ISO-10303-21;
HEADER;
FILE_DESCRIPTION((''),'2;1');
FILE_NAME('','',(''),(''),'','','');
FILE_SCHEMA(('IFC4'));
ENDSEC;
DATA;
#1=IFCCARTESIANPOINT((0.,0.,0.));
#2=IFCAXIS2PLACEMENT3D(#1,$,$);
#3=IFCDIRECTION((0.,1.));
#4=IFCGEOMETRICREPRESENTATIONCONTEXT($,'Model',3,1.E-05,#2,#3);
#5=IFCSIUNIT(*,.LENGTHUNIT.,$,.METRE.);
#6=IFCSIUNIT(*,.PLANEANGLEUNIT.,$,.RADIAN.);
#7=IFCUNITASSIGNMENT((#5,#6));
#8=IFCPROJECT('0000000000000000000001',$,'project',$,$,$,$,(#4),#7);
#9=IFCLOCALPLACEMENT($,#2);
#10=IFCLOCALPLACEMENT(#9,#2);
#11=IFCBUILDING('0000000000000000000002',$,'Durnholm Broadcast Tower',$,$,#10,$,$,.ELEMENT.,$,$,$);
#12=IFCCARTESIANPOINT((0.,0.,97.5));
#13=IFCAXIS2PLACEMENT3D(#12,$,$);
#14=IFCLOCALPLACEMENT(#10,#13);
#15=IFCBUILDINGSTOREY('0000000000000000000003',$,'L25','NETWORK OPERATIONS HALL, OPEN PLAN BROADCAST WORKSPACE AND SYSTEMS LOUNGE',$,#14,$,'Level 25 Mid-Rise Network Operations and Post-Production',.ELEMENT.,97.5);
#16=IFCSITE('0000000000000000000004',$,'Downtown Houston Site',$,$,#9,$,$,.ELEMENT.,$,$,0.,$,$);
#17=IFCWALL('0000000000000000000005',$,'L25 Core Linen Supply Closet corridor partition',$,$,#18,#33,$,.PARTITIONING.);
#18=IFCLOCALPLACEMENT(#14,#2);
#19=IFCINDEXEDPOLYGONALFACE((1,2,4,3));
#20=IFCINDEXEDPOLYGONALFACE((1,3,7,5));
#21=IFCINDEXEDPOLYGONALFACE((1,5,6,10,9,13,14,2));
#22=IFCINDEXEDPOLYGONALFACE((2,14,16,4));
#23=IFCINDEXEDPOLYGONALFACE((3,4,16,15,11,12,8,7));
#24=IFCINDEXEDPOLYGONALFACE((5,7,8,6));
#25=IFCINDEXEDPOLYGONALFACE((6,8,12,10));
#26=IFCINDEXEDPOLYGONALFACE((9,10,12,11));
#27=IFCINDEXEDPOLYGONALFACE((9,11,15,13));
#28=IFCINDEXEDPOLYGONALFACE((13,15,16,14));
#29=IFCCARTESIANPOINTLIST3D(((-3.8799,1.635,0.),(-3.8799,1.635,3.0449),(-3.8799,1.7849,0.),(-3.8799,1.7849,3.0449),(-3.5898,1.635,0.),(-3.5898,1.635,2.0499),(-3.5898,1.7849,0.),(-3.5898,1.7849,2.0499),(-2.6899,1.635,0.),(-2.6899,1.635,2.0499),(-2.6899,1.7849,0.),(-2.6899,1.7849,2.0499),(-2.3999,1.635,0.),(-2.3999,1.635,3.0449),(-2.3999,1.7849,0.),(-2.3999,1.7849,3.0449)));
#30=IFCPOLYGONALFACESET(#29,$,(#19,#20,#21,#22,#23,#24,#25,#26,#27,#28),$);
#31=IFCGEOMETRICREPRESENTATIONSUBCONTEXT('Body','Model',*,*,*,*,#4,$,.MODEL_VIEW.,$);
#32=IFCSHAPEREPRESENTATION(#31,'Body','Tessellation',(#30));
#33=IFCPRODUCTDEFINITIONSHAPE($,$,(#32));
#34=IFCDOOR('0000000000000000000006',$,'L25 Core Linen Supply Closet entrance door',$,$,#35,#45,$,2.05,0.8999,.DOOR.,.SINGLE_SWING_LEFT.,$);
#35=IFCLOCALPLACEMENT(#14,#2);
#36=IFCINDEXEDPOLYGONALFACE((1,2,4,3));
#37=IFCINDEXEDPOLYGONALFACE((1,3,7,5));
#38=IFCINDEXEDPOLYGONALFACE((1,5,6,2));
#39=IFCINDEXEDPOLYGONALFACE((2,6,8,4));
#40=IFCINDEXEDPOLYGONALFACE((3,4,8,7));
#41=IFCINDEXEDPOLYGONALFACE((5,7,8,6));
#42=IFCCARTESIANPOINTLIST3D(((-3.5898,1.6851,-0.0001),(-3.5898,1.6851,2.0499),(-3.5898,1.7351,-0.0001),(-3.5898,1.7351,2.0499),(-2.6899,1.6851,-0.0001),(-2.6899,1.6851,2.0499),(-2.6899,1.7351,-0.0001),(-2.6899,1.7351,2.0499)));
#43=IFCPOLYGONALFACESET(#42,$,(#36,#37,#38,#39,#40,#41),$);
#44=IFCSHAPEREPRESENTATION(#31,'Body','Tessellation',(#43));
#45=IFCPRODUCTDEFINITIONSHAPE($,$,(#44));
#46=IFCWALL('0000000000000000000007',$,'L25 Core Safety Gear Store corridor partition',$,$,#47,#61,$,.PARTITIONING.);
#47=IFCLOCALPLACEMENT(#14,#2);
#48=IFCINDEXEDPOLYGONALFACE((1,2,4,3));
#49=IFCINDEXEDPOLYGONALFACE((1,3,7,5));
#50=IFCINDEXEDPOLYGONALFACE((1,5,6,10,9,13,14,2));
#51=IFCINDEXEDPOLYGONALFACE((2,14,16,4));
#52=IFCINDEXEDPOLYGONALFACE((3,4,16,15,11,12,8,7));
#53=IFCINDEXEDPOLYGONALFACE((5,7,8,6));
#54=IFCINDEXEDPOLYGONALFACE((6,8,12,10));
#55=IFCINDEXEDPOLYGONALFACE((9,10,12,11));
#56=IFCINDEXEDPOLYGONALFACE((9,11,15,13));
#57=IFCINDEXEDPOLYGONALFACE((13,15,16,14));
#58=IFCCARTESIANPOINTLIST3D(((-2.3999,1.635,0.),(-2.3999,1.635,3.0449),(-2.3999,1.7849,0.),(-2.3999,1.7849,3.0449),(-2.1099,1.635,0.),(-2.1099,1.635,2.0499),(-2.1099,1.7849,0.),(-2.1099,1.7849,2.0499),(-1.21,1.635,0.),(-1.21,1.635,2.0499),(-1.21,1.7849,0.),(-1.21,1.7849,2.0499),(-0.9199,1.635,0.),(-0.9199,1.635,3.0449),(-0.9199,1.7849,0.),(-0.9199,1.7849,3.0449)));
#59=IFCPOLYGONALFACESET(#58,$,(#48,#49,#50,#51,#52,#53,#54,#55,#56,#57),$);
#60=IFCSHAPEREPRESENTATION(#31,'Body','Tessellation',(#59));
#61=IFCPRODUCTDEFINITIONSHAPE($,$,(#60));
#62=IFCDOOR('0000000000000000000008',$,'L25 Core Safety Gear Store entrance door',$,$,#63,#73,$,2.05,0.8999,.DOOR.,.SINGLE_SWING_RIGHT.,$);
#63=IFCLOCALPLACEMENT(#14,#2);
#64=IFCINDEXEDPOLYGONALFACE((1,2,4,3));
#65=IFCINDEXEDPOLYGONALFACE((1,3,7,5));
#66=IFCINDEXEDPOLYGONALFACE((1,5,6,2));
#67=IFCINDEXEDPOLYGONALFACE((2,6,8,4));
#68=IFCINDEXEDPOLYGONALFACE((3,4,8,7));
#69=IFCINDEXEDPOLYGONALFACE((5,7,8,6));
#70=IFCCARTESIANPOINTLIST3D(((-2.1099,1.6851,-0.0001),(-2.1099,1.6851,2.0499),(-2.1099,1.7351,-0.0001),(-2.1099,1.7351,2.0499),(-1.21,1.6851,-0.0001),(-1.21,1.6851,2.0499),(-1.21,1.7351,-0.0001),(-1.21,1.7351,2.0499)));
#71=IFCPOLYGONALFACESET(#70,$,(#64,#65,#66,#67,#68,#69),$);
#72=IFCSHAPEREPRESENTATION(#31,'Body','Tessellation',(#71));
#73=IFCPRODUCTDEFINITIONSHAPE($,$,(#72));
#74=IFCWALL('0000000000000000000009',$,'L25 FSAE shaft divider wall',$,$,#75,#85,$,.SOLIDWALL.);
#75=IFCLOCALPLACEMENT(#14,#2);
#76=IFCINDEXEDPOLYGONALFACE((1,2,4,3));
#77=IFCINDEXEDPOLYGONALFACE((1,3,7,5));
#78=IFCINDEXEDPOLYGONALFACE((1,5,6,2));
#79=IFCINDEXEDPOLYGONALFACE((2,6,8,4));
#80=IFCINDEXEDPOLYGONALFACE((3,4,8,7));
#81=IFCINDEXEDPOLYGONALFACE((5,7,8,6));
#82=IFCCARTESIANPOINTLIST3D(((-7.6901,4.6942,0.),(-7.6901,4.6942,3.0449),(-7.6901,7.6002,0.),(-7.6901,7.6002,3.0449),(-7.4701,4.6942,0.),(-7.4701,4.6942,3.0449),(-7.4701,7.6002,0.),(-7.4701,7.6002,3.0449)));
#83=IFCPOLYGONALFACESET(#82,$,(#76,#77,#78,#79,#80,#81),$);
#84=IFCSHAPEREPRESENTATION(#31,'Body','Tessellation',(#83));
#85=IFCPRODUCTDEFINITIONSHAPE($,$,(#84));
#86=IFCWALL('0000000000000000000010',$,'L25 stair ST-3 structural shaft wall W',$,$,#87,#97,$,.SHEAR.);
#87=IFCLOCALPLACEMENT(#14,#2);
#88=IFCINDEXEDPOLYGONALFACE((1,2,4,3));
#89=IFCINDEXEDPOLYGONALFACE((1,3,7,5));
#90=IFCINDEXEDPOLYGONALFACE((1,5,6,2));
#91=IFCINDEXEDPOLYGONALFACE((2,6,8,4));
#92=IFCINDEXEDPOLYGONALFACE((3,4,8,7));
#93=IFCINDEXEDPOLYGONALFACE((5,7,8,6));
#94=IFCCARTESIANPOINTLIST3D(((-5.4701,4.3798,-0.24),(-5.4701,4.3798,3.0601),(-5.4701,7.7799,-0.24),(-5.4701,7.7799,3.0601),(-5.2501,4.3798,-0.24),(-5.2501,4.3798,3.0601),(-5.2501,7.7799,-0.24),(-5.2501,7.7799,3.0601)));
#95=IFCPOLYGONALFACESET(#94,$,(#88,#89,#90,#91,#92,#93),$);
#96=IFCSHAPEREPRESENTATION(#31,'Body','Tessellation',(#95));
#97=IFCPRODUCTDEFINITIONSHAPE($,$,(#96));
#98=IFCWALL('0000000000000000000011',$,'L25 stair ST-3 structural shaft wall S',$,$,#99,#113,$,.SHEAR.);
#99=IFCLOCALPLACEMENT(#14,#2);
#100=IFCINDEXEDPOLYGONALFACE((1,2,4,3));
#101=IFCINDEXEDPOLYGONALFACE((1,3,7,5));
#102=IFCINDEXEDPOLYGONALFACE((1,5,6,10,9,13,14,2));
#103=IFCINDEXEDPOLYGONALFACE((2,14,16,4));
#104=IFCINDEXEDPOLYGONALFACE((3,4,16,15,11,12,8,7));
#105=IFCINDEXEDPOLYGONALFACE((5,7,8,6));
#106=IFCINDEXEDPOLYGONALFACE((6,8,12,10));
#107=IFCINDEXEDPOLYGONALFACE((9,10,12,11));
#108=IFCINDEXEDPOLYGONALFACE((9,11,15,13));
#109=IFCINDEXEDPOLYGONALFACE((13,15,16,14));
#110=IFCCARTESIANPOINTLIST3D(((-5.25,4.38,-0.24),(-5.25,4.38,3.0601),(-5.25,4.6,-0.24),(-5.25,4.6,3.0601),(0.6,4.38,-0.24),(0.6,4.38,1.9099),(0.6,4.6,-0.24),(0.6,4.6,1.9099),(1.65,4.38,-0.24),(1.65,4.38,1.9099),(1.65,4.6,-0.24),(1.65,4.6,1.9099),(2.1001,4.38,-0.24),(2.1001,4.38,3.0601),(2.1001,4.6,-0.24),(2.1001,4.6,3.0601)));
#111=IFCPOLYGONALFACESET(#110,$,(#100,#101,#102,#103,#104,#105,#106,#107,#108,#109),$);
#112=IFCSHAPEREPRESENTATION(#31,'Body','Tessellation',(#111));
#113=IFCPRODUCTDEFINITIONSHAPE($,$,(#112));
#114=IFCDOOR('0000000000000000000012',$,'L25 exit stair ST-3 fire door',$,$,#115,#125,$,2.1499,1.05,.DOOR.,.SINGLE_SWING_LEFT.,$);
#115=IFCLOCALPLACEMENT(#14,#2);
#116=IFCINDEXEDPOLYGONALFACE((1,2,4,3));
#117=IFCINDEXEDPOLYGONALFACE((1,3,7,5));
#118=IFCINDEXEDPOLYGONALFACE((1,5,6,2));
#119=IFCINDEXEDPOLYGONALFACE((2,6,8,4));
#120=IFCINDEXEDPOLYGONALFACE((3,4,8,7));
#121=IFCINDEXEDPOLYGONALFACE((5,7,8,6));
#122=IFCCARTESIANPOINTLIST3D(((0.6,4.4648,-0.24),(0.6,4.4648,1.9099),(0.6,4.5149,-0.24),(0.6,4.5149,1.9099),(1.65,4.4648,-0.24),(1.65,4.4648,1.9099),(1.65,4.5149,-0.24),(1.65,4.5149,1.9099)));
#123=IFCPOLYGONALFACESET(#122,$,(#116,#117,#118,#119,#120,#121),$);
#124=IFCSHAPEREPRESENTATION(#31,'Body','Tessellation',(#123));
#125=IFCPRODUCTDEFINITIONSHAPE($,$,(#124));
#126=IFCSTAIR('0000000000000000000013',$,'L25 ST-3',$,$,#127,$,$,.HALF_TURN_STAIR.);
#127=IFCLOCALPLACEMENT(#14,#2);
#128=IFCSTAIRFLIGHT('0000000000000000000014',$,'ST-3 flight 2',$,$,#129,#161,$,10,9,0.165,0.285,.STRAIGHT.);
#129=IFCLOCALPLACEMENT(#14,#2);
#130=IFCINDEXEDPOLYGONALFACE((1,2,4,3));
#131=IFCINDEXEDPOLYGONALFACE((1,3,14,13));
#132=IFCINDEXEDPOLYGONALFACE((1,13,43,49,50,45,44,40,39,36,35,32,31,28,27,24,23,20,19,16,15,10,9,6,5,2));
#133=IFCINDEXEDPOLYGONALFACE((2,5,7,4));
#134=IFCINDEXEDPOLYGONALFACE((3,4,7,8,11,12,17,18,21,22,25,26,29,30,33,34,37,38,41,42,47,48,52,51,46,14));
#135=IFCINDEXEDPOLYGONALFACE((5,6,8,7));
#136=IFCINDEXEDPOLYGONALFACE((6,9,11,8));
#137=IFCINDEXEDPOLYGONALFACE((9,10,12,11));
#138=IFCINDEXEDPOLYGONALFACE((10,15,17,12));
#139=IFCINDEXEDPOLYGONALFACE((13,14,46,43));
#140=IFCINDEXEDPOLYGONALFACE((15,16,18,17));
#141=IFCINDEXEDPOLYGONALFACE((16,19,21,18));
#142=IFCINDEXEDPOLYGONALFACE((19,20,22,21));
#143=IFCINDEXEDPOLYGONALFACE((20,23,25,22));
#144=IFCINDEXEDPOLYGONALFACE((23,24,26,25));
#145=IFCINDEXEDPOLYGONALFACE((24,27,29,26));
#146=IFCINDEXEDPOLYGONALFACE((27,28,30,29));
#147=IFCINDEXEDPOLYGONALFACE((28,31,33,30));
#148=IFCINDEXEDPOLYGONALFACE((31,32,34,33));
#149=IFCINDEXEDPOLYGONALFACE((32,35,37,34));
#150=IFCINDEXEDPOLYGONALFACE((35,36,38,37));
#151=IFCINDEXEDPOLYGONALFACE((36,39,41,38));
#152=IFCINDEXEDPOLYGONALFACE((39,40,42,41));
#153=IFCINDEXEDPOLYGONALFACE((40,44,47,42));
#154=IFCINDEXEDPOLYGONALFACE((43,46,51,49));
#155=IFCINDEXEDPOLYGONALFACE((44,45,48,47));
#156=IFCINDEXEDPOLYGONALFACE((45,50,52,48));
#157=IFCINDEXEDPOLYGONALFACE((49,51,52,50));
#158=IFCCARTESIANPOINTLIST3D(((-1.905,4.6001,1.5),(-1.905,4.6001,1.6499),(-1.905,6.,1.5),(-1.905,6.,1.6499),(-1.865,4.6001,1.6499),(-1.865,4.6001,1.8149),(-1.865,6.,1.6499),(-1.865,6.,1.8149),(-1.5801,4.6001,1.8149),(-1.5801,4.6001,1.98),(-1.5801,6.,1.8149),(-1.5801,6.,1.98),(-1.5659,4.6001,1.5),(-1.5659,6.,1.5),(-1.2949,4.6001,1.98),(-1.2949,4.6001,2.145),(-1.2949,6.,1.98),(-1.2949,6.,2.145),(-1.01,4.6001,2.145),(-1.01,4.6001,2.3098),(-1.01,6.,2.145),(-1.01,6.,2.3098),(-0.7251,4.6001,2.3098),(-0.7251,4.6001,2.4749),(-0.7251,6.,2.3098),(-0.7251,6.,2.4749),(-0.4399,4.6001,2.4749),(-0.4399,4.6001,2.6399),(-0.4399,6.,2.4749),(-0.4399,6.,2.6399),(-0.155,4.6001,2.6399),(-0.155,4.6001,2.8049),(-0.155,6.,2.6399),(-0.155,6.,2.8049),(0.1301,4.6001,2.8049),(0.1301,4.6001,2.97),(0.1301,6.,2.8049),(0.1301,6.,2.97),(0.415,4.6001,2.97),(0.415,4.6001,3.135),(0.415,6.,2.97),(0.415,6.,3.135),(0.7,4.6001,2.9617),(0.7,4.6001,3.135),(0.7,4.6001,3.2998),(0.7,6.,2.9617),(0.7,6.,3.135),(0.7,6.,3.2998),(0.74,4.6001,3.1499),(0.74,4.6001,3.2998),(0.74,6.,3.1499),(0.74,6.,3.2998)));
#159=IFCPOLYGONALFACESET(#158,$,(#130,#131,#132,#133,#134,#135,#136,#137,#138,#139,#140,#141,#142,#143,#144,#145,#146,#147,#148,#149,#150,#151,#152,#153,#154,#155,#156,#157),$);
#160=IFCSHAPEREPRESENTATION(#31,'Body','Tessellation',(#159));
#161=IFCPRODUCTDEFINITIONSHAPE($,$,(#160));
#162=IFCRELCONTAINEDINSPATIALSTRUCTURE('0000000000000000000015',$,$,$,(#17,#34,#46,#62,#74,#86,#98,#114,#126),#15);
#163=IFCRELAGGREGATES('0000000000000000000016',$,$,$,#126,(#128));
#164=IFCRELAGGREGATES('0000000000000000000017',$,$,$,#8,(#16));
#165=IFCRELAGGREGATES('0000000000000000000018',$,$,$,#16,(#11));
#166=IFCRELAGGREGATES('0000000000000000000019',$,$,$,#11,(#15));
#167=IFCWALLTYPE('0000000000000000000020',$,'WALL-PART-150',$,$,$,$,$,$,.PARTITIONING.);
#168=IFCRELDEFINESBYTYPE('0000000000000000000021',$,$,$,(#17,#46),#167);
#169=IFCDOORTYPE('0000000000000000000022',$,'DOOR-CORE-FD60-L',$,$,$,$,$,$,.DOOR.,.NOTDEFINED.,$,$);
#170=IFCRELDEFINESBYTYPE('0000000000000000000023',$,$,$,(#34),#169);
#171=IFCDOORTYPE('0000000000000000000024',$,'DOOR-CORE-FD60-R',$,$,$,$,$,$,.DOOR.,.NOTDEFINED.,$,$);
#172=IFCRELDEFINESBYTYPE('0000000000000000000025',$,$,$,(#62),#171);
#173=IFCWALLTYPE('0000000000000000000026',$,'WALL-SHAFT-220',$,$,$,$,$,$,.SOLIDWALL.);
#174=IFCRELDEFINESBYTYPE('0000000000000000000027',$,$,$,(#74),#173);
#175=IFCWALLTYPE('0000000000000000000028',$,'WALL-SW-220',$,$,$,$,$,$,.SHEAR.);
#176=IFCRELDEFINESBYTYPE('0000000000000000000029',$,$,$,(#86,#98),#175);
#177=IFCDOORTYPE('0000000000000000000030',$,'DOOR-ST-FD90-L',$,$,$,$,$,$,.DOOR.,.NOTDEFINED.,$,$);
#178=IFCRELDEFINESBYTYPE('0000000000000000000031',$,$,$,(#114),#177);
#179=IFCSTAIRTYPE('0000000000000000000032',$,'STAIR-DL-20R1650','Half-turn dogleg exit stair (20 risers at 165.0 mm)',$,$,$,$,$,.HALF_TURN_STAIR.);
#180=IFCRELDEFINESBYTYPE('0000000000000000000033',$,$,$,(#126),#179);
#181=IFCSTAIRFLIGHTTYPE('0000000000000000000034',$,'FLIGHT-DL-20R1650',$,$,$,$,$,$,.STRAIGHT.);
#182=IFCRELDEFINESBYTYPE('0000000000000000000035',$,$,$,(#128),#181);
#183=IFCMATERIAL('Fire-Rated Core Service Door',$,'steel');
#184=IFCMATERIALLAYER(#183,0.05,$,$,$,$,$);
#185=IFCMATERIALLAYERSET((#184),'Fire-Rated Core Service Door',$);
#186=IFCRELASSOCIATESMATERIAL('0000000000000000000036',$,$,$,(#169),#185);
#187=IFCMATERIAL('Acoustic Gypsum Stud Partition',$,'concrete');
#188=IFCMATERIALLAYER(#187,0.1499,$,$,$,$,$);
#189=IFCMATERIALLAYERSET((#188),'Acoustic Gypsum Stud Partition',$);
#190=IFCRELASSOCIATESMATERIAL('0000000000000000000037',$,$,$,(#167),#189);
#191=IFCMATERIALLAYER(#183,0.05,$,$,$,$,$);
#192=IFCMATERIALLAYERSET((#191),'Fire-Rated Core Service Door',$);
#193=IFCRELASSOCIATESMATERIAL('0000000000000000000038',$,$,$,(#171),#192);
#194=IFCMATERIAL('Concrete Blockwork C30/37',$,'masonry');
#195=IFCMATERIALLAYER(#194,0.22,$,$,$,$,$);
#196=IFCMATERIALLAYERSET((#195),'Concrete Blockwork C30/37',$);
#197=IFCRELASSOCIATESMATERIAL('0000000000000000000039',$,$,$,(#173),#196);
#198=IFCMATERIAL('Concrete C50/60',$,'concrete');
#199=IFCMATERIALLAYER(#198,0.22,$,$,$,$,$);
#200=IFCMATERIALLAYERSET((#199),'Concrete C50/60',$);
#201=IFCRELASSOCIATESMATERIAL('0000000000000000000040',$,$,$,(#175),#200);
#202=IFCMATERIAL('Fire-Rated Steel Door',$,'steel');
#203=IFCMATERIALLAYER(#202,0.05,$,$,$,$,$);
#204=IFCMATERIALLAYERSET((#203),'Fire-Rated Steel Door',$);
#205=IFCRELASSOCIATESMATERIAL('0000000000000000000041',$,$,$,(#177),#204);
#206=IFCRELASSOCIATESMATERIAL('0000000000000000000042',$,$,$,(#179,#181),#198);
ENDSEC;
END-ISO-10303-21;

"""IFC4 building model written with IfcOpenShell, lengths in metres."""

from ifc_helpers import new_model, si_unit, direction, frame, frame_2d, origin, place, context, subcontext, project, spatial, polyline, rectangle, outline, extrude, source, transform, mapped, material, layer, layer_set, type_object, type_shapes, element, fill, aggregate, save


model = new_model("IFC4")

# Units and contexts
model_context = context("Model", 3, precision=1e-05, world=origin(), true_north=direction((0.0, 1.0)))
body_context = subcontext(model_context, "Body", "Model", "MODEL_VIEW")
ifc_project = project(units=[si_unit("LENGTHUNIT", "METRE"), si_unit("PLANEANGLEUNIT", "RADIAN")], contexts=[model_context])

# Site, building, storey
site_placement = place(None, origin())
site = spatial("IfcSite", under=ifc_project, at=site_placement, Name="Downtown Houston Site", CompositionType="ELEMENT", RefElevation=0.0)
building_placement = place(site_placement, origin())
building = spatial("IfcBuilding", under=site, at=building_placement, Name="Durnholm Broadcast Tower", CompositionType="ELEMENT")
storey_placement = place(building_placement, frame((0.0, 0.0, 97.5)))
storey = spatial("IfcBuildingStorey", under=building, at=storey_placement, Name="L25", Description="NETWORK OPERATIONS HALL, OPEN PLAN BROADCAST WORKSPACE AND SYSTEMS LOUNGE", LongName="Level 25 Mid-Rise Network Operations and Post-Production", CompositionType="ELEMENT", Elevation=97.5)

# Shared definitions
ifc_material_1 = material(Name="Fire-Rated Core Service Door", Category="steel")
ifc_layer_1 = layer(ifc_material_1, 0.05)
ifc_layer_set_1 = layer_set([ifc_layer_1], Name="Fire-Rated Core Service Door")
door_type_1 = type_object("IfcDoorType", Name="DOOR-CORE-FD60-L", OperationType="NOTDEFINED", PredefinedType="DOOR", material=ifc_layer_set_1)
shared_shape_1 = source(origin(), body_context, "Body", "SweptSolid", [
    extrude(rectangle(XDim=0.8999, YDim=2.05, at=frame_2d((0.45, 1.0249))), frame((0.0, 0.0249, 0.0), z_axis=(0.0, -1.0, 0.0), x_axis=(1.0, 0.0, 0.0)), (0.0, 0.0, 1.0), 0.05),
])
type_shapes(door_type_1, [shared_shape_1])

# Walls, openings, doors
ifc_material_2 = material(Name="Acoustic Gypsum Stud Partition", Category="concrete")
ifc_layer_2 = layer(ifc_material_2, 0.1499)
ifc_layer_set_2 = layer_set([ifc_layer_2], Name="Acoustic Gypsum Stud Partition")
wall_type_1 = type_object("IfcWallType", Name="WALL-PART-150", PredefinedType="PARTITIONING", material=ifc_layer_set_2)
ifc_layer_3 = layer(ifc_material_1, 0.05)
ifc_layer_set_3 = layer_set([ifc_layer_3], Name="Fire-Rated Core Service Door")
door_type_2 = type_object("IfcDoorType", Name="DOOR-CORE-FD60-R", OperationType="NOTDEFINED", PredefinedType="DOOR", material=ifc_layer_set_3)
shared_shape_2 = source(origin(), body_context, "Body", "SweptSolid", [
    extrude(rectangle(XDim=0.8999, YDim=2.05, at=frame_2d((0.45, 1.0249))), frame((0.0, 0.0249, 0.0), z_axis=(0.0, -1.0, 0.0), x_axis=(1.0, 0.0, 0.0)), (0.0, 0.0, 1.0), 0.05),
])
type_shapes(door_type_2, [shared_shape_2])
wall_1_placement = place(storey_placement, frame((-2.3999, 1.71, 0.0), z_axis=(0.0, 0.0, 1.0), x_axis=(-1.0, 0.0, 0.0)))
wall_1 = element("IfcWall", 1, at=wall_1_placement, inside=storey, type_object=wall_type_1, Name="L25 Core Linen Supply Closet corridor partition", PredefinedType="PARTITIONING", context=body_context, shape_type="SweptSolid", body=[
    extrude(rectangle(XDim=1.48, YDim=0.1499, at=frame_2d((0.74, 0.0))), origin(), (0.0, 0.0, 1.0), 3.0449),
])
opening_1_placement = place(wall_1_placement, frame((0.29, 0.0, 0.0)))
opening_1 = element("IfcOpeningElement", 2, at=opening_1_placement, cuts=wall_1, PredefinedType="OPENING", context=body_context, shape_type="SweptSolid", body=[
    extrude(rectangle(XDim=0.8999, YDim=2.05, at=frame_2d((0.45, 1.0249))), frame((0.0, 0.085, 0.0), z_axis=(0.0, -1.0, 0.0), x_axis=(1.0, 0.0, 0.0)), (0.0, 0.0, 1.0), 0.1699),
])
door_1_placement = place(opening_1_placement, origin())
door_1 = element("IfcDoor", 3, at=door_1_placement, inside=storey, type_object=door_type_1, Name="L25 Core Linen Supply Closet entrance door", OperationType="SINGLE_SWING_LEFT", OverallHeight=2.05, OverallWidth=0.8999, PredefinedType="DOOR", context=body_context, shape_type="MappedRepresentation", body=[
    mapped(shared_shape_1, transform((0.0, 0.0, 0.0), x_axis=(1.0, 0.0, 0.0), y_axis=(0.0, 1.0, 0.0), z_axis=(0.0, 0.0, 1.0), scale=1.0)),
])
fill(opening_1, door_1)
wall_2_placement = place(storey_placement, frame((-0.9199, 1.71, 0.0), z_axis=(0.0, 0.0, 1.0), x_axis=(-1.0, 0.0, 0.0)))
wall_2 = element("IfcWall", 4, at=wall_2_placement, inside=storey, type_object=wall_type_1, Name="L25 Core Safety Gear Store corridor partition", PredefinedType="PARTITIONING", context=body_context, shape_type="SweptSolid", body=[
    extrude(rectangle(XDim=1.48, YDim=0.1499, at=frame_2d((0.74, 0.0))), origin(), (0.0, 0.0, 1.0), 3.0449),
])
opening_2_placement = place(wall_2_placement, frame((0.29, 0.0, 0.0)))
opening_2 = element("IfcOpeningElement", 5, at=opening_2_placement, cuts=wall_2, PredefinedType="OPENING", context=body_context, shape_type="SweptSolid", body=[
    extrude(rectangle(XDim=0.8999, YDim=2.05, at=frame_2d((0.45, 1.0249))), frame((0.0, 0.085, 0.0), z_axis=(0.0, -1.0, 0.0), x_axis=(1.0, 0.0, 0.0)), (0.0, 0.0, 1.0), 0.1699),
])
door_2_placement = place(opening_2_placement, origin())
door_2 = element("IfcDoor", 6, at=door_2_placement, inside=storey, type_object=door_type_2, Name="L25 Core Safety Gear Store entrance door", OperationType="SINGLE_SWING_RIGHT", OverallHeight=2.05, OverallWidth=0.8999, PredefinedType="DOOR", context=body_context, shape_type="MappedRepresentation", body=[
    mapped(shared_shape_2, transform((0.0, 0.0, 0.0), x_axis=(1.0, 0.0, 0.0), y_axis=(0.0, 1.0, 0.0), z_axis=(0.0, 0.0, 1.0), scale=1.0)),
])
fill(opening_2, door_2)

# Shared definitions
ifc_material_3 = material(Name="Concrete Blockwork C30/37", Category="masonry")
ifc_layer_4 = layer(ifc_material_3, 0.22)
ifc_layer_set_4 = layer_set([ifc_layer_4], Name="Concrete Blockwork C30/37")
wall_type_2 = type_object("IfcWallType", Name="WALL-SHAFT-220", PredefinedType="SOLIDWALL", material=ifc_layer_set_4)

# Walls
wall_3_placement = place(storey_placement, frame((-7.5801, 4.6941, 0.0), z_axis=(0.0, 0.0, 1.0), x_axis=(0.0, 1.0, 0.0)))
element("IfcWall", 7, at=wall_3_placement, inside=storey, type_object=wall_type_2, Name="L25 FSAE shaft divider wall", PredefinedType="SOLIDWALL", context=body_context, shape_type="SweptSolid", body=[
    extrude(rectangle(XDim=2.906, YDim=0.22, at=frame_2d((1.4531, 0.0))), origin(), (0.0, 0.0, 1.0), 3.0449),
])
ifc_material_4 = material(Name="Concrete C50/60", Category="concrete")
ifc_layer_5 = layer(ifc_material_4, 0.22)
ifc_layer_set_5 = layer_set([ifc_layer_5], Name="Concrete C50/60")
wall_type_3 = type_object("IfcWallType", Name="WALL-SW-220", PredefinedType="SHEAR", material=ifc_layer_set_5)
wall_4_placement = place(storey_placement, frame((-5.3601, 7.78, -0.24), z_axis=(0.0, 0.0, 1.0), x_axis=(0.0, -1.0, 0.0)))
element("IfcWall", 8, at=wall_4_placement, inside=storey, type_object=wall_type_3, Name="L25 stair ST-3 structural shaft wall W", PredefinedType="SHEAR", context=body_context, shape_type="SweptSolid", body=[
    extrude(rectangle(XDim=3.4001, YDim=0.22, at=frame_2d((1.7002, 0.0))), origin(), (0.0, 0.0, 1.0), 3.3),
])

# Wall, opening, door
wall_5_placement = place(storey_placement, frame((-5.25, 4.49, -0.24), z_axis=(0.0, 0.0, 1.0), x_axis=(1.0, 0.0, 0.0)))
wall_5 = element("IfcWall", 9, at=wall_5_placement, inside=storey, type_object=wall_type_3, Name="L25 stair ST-3 structural shaft wall S", PredefinedType="SHEAR", context=body_context, shape_type="SweptSolid", body=[
    extrude(rectangle(XDim=7.3501, YDim=0.22, at=frame_2d((3.675, 0.0))), origin(), (0.0, 0.0, 1.0), 3.3),
])
opening_3_placement = place(wall_5_placement, frame((5.8501, 0.0, 0.0)))
opening_3 = element("IfcOpeningElement", 10, at=opening_3_placement, cuts=wall_5, PredefinedType="OPENING", context=body_context, shape_type="SweptSolid", body=[
    extrude(rectangle(XDim=1.05, YDim=2.1499, at=frame_2d((0.5249, 1.075))), frame((0.0, 0.1201, 0.0), z_axis=(0.0, -1.0, 0.0), x_axis=(1.0, 0.0, 0.0)), (0.0, 0.0, 1.0), 0.24),
])
ifc_material_5 = material(Name="Fire-Rated Steel Door", Category="steel")
ifc_layer_6 = layer(ifc_material_5, 0.05)
ifc_layer_set_6 = layer_set([ifc_layer_6], Name="Fire-Rated Steel Door")
door_type_3 = type_object("IfcDoorType", Name="DOOR-ST-FD90-L", OperationType="NOTDEFINED", PredefinedType="DOOR", material=ifc_layer_set_6)
shared_shape_3 = source(origin(), body_context, "Body", "SweptSolid", [
    extrude(rectangle(XDim=1.05, YDim=2.1499, at=frame_2d((0.5249, 1.075))), frame((0.0, 0.0249, 0.0), z_axis=(0.0, -1.0, 0.0), x_axis=(1.0, 0.0, 0.0)), (0.0, 0.0, 1.0), 0.05),
])
type_shapes(door_type_3, [shared_shape_3])
door_3_placement = place(opening_3_placement, origin())
door_3 = element("IfcDoor", 11, at=door_3_placement, inside=storey, type_object=door_type_3, Name="L25 exit stair ST-3 fire door", OperationType="SINGLE_SWING_LEFT", OverallHeight=2.1499, OverallWidth=1.05, PredefinedType="DOOR", context=body_context, shape_type="MappedRepresentation", body=[
    mapped(shared_shape_3, transform((0.0, 0.0, 0.0), x_axis=(1.0, 0.0, 0.0), y_axis=(0.0, 1.0, 0.0), z_axis=(0.0, 0.0, 1.0), scale=1.0)),
])
fill(opening_3, door_3)

# Stair, stair flight
stair_type = type_object("IfcStairType", Name="STAIR-DL-20R1650", Description="Half-turn dogleg exit stair (20 risers at 165.0 mm)", PredefinedType="HALF_TURN_STAIR", material=ifc_material_4)
stair_placement = place(storey_placement, origin())
stair = element("IfcStair", 12, at=stair_placement, inside=storey, type_object=stair_type, Name="L25 ST-3", PredefinedType="HALF_TURN_STAIR")
stair_flight_type = type_object("IfcStairFlightType", Name="FLIGHT-DL-20R1650", PredefinedType="STRAIGHT", material=ifc_material_4)
stair_flight_placement = place(storey_placement, frame((-1.865, 5.3, 1.6499), z_axis=(0.0, 0.0, 1.0), x_axis=(1.0, 0.0, 0.0)))
stair_flight = element("IfcStairFlight", 13, at=stair_flight_placement, type_object=stair_flight_type, Name="ST-3 flight 2", NumberOfRisers=10, NumberOfTreads=9, PredefinedType="STRAIGHT", RiserHeight=0.165, TreadLength=0.285, context=body_context, shape_type="SweptSolid", body=[
    extrude(outline(polyline([(-0.04, -0.1499), (-0.04, 0.0), (0.0, 0.0), (0.0, 0.165), (0.2849, 0.165), (0.2849, 0.3301), (0.5701, 0.3301), (0.5701, 0.4951), (0.855, 0.4951), (0.855, 0.6599), (1.1399, 0.6599), (1.1399, 0.825), (1.425, 0.825), (1.425, 0.99), (1.71, 0.99), (1.71, 1.155), (1.9951, 1.155), (1.9951, 1.3201), (2.28, 1.3201), (2.28, 1.4851), (2.5649, 1.4851), (2.5649, 1.6499), (2.605, 1.6499), (2.605, 1.5), (2.5649, 1.3118), (0.2991, -0.1499), (-0.04, -0.1499)])), frame((0.0, 0.7, 0.0), z_axis=(0.0, -1.0, 0.0), x_axis=(1.0, 0.0, 0.0)), (0.0, 0.0, 1.0), 1.3999),
])
aggregate(stair, [stair_flight])

save(model, "model.ifc")
